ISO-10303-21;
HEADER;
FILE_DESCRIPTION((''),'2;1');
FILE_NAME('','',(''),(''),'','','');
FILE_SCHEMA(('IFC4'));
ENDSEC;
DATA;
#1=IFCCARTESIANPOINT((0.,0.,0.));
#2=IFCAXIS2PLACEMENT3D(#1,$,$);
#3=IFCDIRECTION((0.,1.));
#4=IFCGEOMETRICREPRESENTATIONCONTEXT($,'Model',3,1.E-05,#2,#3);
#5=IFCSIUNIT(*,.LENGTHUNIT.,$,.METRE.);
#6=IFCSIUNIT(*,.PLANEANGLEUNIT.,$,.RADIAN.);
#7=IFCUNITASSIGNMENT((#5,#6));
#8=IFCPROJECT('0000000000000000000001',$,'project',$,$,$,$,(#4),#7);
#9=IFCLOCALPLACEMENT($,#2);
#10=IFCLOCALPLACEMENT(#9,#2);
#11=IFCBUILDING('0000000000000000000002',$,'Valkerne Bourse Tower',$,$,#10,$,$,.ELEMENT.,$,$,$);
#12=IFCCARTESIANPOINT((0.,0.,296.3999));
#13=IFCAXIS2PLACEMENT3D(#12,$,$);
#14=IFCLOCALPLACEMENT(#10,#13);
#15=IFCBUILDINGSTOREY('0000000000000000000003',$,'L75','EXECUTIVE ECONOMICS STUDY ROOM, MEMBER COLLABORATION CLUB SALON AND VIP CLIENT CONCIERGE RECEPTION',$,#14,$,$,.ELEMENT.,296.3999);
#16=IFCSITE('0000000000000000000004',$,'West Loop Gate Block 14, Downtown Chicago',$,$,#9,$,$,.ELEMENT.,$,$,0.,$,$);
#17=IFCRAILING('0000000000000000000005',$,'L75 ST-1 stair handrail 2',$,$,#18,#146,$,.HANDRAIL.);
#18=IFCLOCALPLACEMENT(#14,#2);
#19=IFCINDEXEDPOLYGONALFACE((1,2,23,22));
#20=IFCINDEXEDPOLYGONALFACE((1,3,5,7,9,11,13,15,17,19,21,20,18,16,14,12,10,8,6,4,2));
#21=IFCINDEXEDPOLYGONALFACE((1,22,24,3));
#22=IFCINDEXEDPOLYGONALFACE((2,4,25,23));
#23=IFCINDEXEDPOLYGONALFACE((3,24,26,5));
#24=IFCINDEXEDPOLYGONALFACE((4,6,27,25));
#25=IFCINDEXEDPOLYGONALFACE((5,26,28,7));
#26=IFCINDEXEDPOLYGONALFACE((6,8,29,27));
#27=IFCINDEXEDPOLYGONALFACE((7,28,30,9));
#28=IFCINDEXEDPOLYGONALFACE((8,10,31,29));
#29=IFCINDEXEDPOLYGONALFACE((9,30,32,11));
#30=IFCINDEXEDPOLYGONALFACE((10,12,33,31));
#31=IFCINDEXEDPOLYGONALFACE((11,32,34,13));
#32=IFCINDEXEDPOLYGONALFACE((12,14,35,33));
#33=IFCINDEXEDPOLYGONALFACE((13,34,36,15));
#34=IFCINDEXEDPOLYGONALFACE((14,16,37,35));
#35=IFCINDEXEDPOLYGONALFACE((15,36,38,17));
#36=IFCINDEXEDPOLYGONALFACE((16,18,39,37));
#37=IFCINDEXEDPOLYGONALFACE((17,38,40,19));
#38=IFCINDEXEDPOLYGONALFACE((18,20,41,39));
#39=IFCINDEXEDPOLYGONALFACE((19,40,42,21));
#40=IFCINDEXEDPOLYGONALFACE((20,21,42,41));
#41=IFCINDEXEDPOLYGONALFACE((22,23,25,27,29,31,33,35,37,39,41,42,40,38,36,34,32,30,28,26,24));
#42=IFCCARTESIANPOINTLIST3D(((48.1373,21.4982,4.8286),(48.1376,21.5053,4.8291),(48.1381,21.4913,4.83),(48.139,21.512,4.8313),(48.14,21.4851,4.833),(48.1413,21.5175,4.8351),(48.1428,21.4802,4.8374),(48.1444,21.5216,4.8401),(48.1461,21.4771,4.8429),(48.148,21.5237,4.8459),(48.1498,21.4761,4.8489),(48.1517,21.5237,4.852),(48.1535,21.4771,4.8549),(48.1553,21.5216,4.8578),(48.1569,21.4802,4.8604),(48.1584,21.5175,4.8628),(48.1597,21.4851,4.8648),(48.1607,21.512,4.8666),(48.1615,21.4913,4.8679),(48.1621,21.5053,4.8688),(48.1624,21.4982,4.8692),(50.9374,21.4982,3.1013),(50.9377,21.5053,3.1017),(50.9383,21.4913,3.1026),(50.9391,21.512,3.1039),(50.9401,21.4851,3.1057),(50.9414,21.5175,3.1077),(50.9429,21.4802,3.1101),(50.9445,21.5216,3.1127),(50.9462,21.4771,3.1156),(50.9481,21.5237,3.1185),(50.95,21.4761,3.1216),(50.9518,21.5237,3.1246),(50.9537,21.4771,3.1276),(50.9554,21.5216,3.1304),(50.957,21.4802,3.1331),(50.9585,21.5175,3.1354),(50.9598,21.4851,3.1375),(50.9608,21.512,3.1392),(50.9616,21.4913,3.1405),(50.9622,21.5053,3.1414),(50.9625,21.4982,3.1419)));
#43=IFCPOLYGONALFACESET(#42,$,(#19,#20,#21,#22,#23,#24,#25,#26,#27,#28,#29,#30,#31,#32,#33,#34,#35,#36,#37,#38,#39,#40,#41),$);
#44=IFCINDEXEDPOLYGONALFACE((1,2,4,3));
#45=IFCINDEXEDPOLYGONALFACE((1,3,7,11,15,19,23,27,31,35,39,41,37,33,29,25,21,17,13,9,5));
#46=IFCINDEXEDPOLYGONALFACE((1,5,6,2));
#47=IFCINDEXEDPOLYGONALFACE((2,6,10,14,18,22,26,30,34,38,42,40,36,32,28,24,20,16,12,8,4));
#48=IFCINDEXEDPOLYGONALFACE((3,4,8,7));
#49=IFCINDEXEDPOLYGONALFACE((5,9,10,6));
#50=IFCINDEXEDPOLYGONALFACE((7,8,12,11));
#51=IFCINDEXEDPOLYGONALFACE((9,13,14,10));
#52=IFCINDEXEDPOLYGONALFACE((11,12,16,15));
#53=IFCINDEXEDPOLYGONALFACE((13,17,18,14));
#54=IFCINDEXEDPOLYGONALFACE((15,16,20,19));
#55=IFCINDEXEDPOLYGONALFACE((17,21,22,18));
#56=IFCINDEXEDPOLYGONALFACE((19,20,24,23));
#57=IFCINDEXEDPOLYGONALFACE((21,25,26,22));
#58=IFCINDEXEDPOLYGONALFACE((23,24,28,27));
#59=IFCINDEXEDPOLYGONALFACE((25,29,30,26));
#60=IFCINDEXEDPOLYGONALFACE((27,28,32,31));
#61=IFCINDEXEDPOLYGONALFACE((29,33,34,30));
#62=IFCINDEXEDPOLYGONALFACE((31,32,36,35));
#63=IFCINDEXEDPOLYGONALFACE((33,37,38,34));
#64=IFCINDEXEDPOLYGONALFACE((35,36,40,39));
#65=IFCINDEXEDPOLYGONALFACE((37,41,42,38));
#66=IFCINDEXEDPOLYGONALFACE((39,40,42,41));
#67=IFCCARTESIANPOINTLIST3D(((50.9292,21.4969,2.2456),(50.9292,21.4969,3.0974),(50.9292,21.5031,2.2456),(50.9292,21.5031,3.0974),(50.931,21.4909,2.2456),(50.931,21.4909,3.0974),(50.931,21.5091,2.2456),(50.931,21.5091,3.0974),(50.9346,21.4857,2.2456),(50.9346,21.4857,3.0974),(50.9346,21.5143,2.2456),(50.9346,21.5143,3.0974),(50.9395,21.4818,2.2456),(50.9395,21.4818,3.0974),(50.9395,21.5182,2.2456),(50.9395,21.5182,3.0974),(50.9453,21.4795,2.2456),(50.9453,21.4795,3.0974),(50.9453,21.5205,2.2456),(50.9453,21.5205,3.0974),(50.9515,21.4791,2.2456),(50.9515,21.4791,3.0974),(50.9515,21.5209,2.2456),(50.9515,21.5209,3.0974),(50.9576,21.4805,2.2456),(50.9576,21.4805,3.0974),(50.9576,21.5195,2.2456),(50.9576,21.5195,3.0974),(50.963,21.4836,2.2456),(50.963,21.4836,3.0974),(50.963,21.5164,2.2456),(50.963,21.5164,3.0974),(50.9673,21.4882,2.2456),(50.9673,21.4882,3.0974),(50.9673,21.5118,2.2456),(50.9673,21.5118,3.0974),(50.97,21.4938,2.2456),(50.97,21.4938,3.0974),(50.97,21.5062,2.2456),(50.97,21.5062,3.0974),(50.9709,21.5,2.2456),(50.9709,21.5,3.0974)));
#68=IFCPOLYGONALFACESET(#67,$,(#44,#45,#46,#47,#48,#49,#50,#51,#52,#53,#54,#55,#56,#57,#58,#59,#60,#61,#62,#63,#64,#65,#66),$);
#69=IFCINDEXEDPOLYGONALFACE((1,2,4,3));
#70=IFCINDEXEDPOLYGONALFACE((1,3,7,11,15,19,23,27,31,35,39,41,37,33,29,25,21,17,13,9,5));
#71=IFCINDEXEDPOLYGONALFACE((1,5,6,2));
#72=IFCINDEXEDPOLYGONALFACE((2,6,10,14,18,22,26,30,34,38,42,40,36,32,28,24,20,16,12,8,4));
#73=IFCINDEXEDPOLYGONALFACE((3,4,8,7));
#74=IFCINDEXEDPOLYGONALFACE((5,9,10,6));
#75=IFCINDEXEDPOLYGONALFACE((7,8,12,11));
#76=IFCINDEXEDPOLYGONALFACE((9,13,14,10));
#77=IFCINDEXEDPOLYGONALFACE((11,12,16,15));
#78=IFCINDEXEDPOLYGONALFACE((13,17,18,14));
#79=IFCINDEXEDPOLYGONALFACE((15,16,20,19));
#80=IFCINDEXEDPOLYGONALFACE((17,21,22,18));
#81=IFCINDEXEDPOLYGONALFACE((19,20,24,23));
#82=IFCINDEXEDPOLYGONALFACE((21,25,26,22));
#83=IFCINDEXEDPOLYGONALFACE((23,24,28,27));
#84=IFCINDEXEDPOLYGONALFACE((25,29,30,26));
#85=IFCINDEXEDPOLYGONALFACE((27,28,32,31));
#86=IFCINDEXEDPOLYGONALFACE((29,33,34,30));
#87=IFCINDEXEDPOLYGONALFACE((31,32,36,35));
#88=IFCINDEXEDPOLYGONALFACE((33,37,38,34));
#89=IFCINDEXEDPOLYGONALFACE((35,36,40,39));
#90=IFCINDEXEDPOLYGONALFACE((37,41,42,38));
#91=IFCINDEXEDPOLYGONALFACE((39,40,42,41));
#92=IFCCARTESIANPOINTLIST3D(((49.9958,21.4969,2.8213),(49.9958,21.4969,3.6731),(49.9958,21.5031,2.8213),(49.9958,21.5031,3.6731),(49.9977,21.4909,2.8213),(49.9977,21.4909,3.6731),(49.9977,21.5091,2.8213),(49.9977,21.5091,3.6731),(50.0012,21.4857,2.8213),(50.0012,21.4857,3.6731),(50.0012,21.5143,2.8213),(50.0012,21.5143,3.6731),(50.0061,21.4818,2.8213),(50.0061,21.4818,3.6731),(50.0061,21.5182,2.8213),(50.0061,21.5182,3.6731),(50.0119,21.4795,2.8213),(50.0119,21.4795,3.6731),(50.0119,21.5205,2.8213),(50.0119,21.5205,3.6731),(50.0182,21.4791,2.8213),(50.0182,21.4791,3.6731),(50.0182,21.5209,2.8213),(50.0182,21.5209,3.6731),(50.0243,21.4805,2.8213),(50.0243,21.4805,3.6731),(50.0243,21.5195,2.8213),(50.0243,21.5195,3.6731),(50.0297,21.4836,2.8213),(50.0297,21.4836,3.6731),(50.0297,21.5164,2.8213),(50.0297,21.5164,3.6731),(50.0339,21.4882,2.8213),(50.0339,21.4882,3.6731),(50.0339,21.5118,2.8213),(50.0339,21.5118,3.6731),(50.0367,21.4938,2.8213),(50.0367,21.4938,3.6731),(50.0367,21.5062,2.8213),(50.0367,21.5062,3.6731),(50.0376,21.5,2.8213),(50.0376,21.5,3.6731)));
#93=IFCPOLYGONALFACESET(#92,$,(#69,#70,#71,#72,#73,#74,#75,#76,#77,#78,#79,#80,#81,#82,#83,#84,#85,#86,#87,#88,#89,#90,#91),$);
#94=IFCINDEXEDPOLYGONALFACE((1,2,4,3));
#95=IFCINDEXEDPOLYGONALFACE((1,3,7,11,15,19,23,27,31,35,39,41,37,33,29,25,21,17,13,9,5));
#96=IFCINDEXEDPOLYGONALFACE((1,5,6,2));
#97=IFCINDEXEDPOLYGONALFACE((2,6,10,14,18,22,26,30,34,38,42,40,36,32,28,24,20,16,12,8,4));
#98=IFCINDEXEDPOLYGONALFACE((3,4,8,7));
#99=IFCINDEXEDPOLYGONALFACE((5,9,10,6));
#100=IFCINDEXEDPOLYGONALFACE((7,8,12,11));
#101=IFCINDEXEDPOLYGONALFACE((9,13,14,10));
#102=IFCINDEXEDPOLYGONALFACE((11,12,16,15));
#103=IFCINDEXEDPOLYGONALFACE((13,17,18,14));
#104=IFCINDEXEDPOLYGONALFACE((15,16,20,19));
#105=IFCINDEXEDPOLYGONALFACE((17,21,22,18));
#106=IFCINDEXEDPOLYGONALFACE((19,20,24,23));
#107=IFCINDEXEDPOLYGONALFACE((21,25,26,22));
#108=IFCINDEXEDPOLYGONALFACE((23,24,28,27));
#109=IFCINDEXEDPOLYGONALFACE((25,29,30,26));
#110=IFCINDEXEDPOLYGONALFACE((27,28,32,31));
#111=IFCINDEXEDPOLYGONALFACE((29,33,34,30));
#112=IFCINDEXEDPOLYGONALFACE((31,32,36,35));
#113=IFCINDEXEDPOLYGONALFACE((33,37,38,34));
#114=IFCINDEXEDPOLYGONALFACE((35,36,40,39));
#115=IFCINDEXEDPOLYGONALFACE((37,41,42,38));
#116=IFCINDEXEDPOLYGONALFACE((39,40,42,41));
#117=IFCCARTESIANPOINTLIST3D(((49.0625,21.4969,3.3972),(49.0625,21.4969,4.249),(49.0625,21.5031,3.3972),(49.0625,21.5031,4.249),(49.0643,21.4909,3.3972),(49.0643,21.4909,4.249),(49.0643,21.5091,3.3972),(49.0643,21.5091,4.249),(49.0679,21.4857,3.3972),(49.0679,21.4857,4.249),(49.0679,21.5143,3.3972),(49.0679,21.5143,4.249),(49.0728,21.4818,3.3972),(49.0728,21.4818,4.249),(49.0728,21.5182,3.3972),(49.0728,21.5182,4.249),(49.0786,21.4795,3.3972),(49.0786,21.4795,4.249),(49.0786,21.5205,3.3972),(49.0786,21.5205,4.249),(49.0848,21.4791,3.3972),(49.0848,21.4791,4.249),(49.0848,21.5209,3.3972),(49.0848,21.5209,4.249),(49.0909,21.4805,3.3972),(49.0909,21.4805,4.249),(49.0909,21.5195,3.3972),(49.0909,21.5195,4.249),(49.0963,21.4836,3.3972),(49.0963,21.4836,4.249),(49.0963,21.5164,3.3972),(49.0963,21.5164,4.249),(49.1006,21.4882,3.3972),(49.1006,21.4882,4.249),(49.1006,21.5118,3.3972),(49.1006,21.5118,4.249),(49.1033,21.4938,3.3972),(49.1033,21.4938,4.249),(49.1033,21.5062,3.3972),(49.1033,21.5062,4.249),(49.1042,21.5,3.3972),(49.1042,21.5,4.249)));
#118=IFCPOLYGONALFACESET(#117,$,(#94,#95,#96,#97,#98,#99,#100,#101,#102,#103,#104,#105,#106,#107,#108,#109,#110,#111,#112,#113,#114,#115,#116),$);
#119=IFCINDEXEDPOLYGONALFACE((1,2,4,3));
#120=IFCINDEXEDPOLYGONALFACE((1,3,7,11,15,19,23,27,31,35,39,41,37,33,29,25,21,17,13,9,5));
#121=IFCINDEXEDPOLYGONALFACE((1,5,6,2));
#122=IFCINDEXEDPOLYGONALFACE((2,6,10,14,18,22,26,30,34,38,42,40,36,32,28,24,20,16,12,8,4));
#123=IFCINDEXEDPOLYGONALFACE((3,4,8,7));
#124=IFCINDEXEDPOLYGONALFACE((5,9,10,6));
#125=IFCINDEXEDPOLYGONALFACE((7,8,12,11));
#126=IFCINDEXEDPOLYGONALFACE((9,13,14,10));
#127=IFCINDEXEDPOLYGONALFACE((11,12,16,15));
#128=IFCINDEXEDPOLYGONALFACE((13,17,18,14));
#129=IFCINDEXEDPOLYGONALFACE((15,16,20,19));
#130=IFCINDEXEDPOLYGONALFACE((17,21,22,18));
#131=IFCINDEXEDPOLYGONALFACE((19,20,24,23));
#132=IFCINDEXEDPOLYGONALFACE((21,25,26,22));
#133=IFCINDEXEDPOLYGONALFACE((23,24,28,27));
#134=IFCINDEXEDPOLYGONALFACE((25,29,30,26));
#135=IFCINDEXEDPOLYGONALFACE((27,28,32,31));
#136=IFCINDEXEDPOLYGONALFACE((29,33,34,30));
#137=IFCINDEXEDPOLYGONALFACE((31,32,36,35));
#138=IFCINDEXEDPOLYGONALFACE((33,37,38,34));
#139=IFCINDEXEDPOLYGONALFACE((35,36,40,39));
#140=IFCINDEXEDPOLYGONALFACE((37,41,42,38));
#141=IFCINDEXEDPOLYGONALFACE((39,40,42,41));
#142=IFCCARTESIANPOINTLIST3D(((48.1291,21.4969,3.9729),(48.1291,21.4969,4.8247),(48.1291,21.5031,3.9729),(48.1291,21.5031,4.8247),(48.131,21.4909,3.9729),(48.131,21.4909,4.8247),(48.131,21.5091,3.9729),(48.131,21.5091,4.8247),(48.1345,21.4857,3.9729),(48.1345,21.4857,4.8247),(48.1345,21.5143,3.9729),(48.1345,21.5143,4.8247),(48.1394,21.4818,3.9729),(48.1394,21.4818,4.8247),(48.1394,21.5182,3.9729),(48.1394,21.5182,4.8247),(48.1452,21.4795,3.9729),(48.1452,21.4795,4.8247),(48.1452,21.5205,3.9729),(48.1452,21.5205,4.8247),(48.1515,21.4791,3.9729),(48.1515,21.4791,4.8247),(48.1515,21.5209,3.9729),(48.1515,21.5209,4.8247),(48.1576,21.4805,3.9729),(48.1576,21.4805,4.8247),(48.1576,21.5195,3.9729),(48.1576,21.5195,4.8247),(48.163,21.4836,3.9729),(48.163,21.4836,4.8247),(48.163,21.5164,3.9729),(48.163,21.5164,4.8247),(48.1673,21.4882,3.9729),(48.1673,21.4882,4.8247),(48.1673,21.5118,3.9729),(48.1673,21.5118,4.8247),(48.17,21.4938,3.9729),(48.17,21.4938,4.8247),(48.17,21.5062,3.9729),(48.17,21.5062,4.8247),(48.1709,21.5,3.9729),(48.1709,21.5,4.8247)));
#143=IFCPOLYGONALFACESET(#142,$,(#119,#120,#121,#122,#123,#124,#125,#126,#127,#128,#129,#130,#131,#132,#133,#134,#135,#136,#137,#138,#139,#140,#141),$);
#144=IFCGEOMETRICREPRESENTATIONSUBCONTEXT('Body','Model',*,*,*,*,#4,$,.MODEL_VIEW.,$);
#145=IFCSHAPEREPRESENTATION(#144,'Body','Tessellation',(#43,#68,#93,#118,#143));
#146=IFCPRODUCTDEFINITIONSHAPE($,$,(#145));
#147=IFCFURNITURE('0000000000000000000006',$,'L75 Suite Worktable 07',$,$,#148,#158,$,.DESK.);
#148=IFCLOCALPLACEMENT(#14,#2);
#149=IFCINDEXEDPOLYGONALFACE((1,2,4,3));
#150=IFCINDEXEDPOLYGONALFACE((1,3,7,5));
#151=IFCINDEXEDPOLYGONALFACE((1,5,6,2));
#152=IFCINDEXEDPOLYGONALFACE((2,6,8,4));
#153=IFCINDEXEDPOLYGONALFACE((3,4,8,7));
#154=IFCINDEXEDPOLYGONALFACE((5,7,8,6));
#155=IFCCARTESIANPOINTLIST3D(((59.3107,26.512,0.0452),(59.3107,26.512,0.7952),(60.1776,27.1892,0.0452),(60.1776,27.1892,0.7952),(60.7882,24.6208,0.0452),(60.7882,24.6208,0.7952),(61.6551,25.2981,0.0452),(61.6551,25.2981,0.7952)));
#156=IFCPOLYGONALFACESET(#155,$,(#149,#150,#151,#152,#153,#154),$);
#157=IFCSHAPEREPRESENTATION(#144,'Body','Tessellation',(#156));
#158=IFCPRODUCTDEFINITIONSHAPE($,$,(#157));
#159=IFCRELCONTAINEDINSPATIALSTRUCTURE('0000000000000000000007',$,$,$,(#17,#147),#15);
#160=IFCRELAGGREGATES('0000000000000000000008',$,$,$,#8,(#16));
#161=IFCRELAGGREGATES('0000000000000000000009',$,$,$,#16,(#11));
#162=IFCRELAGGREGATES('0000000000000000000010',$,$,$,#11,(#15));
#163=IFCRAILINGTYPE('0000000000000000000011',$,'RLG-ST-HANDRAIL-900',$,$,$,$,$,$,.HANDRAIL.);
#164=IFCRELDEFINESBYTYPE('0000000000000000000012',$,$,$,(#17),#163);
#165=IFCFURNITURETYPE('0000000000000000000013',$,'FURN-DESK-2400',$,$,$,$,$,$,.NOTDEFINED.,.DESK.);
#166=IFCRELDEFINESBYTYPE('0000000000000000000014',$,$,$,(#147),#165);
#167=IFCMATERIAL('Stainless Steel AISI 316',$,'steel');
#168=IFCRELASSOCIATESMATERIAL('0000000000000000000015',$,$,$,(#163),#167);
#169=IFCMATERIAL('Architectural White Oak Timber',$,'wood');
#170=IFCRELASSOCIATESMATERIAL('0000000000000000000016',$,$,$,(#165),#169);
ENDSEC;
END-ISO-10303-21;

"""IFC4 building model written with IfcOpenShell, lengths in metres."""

from ifc_helpers import new_model, si_unit, direction, frame, origin, origin_2d, place, context, subcontext, project, spatial, rectangle, circle, extrude, material, type_object, element, save


model = new_model("IFC4")

# Units and contexts
model_context = context("Model", 3, precision=1e-05, world=origin(), true_north=direction((0.0, 1.0)))
body_context = subcontext(model_context, "Body", "Model", "MODEL_VIEW")
ifc_project = project(units=[si_unit("LENGTHUNIT", "METRE"), si_unit("PLANEANGLEUNIT", "RADIAN")], contexts=[model_context])

# Site, building, storey
site_placement = place(None, origin())
site = spatial("IfcSite", under=ifc_project, at=site_placement, Name="West Loop Gate Block 14, Downtown Chicago", CompositionType="ELEMENT", RefElevation=0.0)
building_placement = place(site_placement, origin())
building = spatial("IfcBuilding", under=site, at=building_placement, Name="Valkerne Bourse Tower", CompositionType="ELEMENT")
storey_placement = place(building_placement, frame((0.0, 0.0, 296.3999)))
storey = spatial("IfcBuildingStorey", under=building, at=storey_placement, Name="L75", Description="EXECUTIVE ECONOMICS STUDY ROOM, MEMBER COLLABORATION CLUB SALON AND VIP CLIENT CONCIERGE RECEPTION", CompositionType="ELEMENT", Elevation=296.3999)

# Shared definitions
ifc_material_1 = material(Name="Architectural White Oak Timber", Category="wood")

# Shared definitions
ifc_material_2 = material(Name="Stainless Steel AISI 316", Category="steel")

# Railing
railing_type_1 = type_object("IfcRailingType", Name="RLG-ST-HANDRAIL-900", PredefinedType="HANDRAIL", material=ifc_material_2)
railing_1_placement = place(storey_placement, frame((50.95, 21.5, 2.2456)))
element("IfcRailing", 1, at=railing_1_placement, inside=storey, type_object=railing_type_1, Name="L75 ST-1 stair handrail 2", PredefinedType="HANDRAIL", context=body_context, shape_type="SweptSolid", body=[
    extrude(circle(Radius=0.0239, at=origin_2d()), frame((0.0, 0.0, 0.876), z_axis=(-0.85109, 0.0, 0.52502), x_axis=(0.0, -1.0, 0.0)), (0.0, 0.0, 1.0), 3.29),
    extrude(circle(Radius=0.021, at=origin_2d()), origin(), (0.0, 0.0, 1.0), 0.8518),
    extrude(circle(Radius=0.021, at=origin_2d()), frame((-0.9333, 0.0, 0.5757)), (0.0, 0.0, 1.0), 0.8518),
    extrude(circle(Radius=0.021, at=origin_2d()), frame((-1.8667, 0.0, 1.1516)), (0.0, 0.0, 1.0), 0.8518),
    extrude(circle(Radius=0.021, at=origin_2d()), frame((-2.8, 0.0, 1.7273)), (0.0, 0.0, 1.0), 0.8518),
])

# Furniture
furniture_type = type_object("IfcFurnitureType", Name="FURN-DESK-2400", AssemblyPlace="NOTDEFINED", PredefinedType="DESK", material=ifc_material_1)
furniture_placement = place(storey_placement, frame((60.4829, 25.905, 0.0452), z_axis=(0.0, 0.0, 1.0), x_axis=(-0.615661, 0.788011, 0.0)))
element("IfcFurniture", 2, at=furniture_placement, inside=storey, type_object=furniture_type, Name="L75 Suite Worktable 07", PredefinedType="DESK", context=body_context, shape_type="SweptSolid", body=[
    extrude(rectangle(XDim=2.3999, YDim=1.1001, at=origin_2d()), origin(), (0.0, 0.0, 1.0), 0.75),
])

save(model, "model.ifc")
